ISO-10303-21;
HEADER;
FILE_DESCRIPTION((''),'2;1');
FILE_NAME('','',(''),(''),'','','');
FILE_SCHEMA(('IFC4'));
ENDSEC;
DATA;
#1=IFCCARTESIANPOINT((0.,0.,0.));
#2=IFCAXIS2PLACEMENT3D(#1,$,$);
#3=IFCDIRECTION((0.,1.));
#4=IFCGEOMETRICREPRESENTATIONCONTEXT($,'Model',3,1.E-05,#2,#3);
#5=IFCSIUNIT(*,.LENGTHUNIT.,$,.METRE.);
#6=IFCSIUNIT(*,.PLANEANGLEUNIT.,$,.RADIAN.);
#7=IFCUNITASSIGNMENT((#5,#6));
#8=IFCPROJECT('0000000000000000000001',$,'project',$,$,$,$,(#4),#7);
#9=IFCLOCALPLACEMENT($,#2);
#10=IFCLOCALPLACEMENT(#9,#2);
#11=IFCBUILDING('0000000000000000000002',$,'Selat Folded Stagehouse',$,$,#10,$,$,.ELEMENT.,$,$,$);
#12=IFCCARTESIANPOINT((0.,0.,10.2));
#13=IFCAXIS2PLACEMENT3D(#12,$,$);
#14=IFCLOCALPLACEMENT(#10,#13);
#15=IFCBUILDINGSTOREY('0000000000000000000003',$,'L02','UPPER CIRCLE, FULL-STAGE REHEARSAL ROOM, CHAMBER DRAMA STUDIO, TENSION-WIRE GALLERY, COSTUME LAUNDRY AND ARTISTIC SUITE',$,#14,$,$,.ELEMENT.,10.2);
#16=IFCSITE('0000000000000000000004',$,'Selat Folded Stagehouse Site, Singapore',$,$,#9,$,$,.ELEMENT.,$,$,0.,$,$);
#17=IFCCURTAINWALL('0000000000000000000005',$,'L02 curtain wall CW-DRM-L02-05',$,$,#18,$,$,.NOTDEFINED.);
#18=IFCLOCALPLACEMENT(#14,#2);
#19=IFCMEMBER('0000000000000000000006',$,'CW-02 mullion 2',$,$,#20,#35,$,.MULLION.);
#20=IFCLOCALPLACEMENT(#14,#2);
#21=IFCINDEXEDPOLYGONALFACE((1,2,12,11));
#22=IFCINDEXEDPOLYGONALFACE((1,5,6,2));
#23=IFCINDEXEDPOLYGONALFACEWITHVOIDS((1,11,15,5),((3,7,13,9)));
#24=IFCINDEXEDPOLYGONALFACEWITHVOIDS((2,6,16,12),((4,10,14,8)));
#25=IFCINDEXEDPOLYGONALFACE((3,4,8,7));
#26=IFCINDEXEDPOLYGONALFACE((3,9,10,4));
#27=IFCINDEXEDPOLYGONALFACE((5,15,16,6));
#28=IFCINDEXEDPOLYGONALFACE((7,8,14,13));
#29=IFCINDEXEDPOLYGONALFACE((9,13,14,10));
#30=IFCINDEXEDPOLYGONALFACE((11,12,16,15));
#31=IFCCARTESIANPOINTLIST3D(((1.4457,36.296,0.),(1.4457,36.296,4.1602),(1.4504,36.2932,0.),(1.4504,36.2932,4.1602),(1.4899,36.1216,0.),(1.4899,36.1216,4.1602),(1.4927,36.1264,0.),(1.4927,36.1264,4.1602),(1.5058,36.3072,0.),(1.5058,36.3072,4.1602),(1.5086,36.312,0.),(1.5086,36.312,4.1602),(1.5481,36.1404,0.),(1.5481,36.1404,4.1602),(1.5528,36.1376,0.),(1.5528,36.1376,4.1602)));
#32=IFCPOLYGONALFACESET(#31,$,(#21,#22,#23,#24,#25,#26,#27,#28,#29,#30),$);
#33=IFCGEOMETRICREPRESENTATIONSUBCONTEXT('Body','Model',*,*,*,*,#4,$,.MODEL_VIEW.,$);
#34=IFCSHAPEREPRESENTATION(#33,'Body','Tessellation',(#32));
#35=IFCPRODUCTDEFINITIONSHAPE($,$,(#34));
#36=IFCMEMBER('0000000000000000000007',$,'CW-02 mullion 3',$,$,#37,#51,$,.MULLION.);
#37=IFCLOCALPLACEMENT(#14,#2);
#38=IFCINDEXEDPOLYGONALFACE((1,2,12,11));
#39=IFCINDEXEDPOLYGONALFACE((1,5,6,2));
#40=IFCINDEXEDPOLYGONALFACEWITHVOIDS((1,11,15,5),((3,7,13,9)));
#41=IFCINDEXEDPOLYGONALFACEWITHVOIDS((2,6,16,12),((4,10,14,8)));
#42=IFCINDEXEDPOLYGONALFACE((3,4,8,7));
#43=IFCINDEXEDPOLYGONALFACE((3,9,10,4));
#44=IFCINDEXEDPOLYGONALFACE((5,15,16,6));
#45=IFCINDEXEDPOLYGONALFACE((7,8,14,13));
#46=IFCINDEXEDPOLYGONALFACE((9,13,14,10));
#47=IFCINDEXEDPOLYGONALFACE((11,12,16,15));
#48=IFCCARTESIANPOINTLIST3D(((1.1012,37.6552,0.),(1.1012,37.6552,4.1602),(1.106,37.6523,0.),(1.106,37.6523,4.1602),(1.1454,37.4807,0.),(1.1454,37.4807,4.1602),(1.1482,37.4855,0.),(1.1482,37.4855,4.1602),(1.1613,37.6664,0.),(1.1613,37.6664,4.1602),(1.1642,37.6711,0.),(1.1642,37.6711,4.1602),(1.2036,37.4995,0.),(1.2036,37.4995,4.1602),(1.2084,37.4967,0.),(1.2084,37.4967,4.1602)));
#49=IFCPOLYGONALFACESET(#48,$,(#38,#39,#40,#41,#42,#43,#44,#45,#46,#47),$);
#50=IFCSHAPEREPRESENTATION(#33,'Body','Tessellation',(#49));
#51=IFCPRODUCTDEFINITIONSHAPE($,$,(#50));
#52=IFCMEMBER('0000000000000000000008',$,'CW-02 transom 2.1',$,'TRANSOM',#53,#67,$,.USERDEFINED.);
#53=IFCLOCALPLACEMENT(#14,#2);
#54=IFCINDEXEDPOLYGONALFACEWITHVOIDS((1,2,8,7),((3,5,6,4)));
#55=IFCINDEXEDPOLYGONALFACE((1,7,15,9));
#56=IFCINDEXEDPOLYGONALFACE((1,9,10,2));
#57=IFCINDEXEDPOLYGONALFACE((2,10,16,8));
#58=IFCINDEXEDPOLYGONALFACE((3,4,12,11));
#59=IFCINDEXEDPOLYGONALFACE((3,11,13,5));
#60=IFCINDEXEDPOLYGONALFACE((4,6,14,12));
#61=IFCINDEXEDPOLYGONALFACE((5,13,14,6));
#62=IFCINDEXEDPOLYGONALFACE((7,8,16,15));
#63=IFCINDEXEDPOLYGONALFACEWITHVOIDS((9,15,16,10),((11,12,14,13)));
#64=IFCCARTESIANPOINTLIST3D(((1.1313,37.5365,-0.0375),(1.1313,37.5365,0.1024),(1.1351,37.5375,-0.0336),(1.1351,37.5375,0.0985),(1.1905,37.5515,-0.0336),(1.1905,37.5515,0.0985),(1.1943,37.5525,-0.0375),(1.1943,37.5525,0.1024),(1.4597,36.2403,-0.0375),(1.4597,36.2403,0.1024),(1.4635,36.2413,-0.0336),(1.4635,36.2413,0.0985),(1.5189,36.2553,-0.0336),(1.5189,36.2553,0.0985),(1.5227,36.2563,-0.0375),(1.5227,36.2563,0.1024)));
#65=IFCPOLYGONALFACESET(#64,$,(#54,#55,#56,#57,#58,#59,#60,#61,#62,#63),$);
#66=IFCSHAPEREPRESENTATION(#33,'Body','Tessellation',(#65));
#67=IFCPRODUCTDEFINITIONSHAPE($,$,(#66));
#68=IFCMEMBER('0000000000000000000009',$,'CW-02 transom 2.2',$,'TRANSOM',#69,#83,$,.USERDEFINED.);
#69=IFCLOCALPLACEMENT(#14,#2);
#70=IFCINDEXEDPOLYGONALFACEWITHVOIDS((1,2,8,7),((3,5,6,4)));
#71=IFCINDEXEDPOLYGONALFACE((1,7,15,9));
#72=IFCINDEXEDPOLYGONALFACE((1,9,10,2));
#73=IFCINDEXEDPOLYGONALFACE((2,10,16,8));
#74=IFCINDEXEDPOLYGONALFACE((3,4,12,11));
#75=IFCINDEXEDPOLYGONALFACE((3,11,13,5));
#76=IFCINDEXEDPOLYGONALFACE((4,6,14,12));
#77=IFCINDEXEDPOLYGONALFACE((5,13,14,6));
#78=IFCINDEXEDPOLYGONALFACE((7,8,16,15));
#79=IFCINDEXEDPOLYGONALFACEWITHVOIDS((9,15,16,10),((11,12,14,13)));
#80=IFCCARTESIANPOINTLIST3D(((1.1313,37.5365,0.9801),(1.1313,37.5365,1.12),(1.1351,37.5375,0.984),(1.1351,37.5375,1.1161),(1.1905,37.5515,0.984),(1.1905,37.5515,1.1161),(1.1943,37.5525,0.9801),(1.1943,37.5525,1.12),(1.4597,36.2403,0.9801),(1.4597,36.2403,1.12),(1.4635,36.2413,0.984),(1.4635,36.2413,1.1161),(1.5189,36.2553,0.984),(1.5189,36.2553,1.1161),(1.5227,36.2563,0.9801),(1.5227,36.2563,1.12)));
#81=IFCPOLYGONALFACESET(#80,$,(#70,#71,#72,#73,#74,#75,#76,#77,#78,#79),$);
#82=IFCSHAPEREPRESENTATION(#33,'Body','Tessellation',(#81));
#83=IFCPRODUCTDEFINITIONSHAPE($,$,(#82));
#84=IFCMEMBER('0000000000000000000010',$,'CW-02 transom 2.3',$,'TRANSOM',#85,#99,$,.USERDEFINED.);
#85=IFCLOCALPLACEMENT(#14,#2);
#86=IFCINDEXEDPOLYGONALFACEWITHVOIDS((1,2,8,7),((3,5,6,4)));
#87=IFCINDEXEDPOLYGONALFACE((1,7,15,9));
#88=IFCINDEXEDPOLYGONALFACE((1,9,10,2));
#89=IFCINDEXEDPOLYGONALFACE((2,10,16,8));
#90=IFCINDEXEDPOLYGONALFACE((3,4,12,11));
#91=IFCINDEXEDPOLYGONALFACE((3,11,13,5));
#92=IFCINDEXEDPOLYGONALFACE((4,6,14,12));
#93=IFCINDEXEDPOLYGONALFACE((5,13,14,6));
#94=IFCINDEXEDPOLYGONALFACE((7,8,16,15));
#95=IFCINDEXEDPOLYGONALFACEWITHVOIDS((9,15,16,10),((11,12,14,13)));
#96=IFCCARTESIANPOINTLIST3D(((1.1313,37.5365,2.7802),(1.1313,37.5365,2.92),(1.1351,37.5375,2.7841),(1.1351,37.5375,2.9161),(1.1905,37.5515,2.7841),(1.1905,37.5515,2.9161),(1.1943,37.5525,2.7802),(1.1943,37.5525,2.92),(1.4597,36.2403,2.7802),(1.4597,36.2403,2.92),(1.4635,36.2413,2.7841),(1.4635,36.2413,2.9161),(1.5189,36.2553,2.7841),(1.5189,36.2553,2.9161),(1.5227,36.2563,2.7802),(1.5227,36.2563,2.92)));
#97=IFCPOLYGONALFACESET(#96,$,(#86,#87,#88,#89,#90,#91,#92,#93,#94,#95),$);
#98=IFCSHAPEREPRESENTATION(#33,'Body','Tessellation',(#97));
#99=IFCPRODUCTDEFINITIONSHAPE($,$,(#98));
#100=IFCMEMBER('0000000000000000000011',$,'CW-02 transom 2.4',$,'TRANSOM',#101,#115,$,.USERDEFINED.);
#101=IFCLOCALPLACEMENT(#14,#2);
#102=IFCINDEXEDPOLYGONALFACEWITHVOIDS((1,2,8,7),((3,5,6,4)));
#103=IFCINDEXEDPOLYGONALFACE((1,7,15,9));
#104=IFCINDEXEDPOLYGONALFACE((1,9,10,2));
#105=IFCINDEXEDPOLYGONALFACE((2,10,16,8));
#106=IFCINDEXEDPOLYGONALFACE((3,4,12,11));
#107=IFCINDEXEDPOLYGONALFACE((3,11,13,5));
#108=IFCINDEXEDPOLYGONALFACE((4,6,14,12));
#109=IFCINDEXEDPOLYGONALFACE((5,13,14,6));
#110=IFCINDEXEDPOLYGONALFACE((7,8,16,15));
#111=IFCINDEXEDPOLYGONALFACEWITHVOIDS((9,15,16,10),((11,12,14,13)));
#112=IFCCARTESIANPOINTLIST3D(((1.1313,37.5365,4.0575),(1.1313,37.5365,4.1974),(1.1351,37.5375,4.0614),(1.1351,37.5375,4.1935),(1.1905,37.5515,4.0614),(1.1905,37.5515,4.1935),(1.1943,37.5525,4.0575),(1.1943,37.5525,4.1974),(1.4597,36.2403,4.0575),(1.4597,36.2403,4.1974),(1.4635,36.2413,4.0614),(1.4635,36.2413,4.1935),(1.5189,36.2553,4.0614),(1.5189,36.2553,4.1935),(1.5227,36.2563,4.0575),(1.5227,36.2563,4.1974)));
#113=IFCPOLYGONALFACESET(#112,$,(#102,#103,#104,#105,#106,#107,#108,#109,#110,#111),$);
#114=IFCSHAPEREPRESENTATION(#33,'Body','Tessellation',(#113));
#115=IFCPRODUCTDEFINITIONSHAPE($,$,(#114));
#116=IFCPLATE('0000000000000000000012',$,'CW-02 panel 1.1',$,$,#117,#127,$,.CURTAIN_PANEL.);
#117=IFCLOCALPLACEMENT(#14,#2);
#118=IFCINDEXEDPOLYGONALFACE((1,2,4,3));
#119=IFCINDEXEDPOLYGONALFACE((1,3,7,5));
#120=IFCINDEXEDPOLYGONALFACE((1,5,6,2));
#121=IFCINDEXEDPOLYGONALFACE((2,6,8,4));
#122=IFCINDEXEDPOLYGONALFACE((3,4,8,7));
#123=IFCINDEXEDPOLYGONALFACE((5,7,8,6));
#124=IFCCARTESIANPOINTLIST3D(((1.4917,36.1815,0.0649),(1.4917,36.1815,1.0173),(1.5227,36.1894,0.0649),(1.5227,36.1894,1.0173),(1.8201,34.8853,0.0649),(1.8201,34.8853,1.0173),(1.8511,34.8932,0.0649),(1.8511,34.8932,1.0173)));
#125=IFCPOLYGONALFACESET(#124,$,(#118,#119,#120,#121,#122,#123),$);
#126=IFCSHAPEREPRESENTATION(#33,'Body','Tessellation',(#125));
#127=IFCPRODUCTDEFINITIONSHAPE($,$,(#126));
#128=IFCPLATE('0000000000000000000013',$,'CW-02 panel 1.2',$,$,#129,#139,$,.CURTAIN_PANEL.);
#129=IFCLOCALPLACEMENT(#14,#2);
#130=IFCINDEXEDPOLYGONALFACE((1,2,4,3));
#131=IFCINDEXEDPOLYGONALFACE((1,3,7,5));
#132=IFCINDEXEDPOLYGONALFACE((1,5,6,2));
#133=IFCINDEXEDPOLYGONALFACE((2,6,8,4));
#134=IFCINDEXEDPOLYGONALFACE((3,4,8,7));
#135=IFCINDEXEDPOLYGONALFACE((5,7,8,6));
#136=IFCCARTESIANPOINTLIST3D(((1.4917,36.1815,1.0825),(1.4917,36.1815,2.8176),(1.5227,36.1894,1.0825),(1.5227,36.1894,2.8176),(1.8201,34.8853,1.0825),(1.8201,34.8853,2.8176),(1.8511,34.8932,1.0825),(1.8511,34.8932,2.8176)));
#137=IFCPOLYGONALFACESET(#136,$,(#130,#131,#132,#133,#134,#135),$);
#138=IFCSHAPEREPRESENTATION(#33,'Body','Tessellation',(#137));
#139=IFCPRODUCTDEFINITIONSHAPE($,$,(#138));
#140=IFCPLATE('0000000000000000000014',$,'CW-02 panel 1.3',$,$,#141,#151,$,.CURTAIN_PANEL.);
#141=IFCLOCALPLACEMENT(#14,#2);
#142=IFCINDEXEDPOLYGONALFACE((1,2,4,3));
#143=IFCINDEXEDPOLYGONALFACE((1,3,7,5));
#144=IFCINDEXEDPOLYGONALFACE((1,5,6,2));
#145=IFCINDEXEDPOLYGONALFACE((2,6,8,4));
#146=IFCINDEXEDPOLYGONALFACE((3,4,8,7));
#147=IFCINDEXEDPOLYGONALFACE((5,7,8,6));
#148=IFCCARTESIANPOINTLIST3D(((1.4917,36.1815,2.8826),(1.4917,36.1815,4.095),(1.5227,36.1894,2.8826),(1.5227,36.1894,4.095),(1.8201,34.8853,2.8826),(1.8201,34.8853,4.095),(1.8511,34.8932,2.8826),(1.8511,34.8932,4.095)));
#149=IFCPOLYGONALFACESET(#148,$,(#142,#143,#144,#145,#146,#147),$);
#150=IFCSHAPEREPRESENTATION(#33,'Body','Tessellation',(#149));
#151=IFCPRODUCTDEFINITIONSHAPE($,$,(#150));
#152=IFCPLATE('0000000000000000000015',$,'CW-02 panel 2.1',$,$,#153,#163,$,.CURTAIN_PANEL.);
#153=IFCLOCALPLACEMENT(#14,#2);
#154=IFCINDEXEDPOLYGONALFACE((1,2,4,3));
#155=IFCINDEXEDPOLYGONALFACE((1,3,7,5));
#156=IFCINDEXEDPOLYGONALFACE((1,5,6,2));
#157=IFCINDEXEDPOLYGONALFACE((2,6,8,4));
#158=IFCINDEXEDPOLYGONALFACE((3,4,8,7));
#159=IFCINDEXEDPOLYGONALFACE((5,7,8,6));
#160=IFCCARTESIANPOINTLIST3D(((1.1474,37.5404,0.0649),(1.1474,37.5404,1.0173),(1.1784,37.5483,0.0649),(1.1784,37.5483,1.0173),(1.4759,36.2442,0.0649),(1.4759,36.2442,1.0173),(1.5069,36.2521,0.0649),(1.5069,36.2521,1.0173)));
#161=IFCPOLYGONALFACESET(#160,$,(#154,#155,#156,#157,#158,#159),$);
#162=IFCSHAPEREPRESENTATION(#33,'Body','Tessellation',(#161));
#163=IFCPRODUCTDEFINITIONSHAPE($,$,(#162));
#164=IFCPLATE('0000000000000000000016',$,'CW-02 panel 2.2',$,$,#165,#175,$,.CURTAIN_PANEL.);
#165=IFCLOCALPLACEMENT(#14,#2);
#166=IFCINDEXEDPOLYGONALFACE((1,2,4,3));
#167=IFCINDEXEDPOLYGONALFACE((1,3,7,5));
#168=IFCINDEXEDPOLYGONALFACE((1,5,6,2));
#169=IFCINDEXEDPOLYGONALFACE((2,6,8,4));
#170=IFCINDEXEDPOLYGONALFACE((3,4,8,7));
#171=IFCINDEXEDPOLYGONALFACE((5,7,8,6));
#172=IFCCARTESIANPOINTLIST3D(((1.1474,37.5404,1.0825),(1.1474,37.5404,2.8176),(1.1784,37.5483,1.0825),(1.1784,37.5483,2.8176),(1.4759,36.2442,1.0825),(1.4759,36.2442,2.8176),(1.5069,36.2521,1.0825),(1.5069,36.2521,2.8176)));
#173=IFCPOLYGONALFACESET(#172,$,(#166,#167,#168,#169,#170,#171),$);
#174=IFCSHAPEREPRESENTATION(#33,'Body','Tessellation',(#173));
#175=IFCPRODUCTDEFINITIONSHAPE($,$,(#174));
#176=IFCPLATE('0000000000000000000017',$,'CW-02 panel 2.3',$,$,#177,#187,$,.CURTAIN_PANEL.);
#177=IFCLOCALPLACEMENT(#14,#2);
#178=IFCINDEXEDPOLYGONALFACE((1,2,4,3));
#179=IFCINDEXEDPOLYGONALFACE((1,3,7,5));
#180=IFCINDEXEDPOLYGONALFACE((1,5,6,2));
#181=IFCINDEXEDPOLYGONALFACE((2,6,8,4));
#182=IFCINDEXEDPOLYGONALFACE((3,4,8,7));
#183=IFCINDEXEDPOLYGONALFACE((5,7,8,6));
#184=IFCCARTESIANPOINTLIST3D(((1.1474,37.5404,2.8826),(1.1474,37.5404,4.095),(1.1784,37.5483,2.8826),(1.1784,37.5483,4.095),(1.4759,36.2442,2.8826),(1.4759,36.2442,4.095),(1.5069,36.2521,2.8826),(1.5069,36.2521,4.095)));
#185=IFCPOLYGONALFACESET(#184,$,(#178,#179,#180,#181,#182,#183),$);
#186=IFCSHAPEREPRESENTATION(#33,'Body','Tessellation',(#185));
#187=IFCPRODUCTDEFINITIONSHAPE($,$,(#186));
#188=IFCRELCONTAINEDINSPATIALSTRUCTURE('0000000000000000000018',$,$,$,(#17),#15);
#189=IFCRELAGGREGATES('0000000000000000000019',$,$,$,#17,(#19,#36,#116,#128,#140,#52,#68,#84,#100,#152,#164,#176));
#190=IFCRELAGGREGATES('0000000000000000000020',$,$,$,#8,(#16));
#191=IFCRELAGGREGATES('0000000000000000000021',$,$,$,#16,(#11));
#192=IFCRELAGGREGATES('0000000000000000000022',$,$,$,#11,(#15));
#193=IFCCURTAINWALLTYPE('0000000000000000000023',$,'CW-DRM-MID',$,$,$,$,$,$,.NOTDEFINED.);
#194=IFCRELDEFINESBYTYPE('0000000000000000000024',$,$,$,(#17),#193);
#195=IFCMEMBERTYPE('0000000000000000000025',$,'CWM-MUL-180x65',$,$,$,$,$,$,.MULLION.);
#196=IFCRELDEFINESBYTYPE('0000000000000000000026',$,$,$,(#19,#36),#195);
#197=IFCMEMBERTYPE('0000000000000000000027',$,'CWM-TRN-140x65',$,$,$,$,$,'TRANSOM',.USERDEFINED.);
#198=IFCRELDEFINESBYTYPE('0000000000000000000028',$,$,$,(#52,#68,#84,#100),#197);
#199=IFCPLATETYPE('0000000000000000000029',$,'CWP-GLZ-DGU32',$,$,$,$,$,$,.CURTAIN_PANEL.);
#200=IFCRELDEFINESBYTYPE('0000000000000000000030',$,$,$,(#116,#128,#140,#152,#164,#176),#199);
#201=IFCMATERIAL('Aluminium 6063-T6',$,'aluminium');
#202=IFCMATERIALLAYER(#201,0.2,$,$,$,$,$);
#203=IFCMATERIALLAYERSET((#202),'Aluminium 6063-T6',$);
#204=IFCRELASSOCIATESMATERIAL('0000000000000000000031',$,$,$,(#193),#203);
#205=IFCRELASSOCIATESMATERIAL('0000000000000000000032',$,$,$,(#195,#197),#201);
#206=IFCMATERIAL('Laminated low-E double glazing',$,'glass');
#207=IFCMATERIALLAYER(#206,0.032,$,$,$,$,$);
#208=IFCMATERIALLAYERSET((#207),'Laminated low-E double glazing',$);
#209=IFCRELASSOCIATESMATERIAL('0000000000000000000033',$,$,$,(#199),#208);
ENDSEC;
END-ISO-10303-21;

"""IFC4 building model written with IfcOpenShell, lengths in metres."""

from ifc_helpers import new_model, si_unit, direction, frame, origin, origin_2d, place, context, subcontext, project, spatial, rectangle, hollow_rectangle, extrude, material, layer, layer_set, material_profile, profile_set, type_object, element, aggregate, save


model = new_model("IFC4")

# Units and contexts
model_context = context("Model", 3, precision=1e-05, world=origin(), true_north=direction((0.0, 1.0)))
body_context = subcontext(model_context, "Body", "Model", "MODEL_VIEW")
ifc_project = project(units=[si_unit("LENGTHUNIT", "METRE"), si_unit("PLANEANGLEUNIT", "RADIAN")], contexts=[model_context])

# Site, building, storey
site_placement = place(None, origin())
site = spatial("IfcSite", under=ifc_project, at=site_placement, Name="Selat Folded Stagehouse Site, Singapore", CompositionType="ELEMENT", RefElevation=0.0)
building_placement = place(site_placement, origin())
building = spatial("IfcBuilding", under=site, at=building_placement, Name="Selat Folded Stagehouse", CompositionType="ELEMENT")
storey_placement = place(building_placement, frame((0.0, 0.0, 10.2)))
storey = spatial("IfcBuildingStorey", under=building, at=storey_placement, Name="L02", Description="UPPER CIRCLE, FULL-STAGE REHEARSAL ROOM, CHAMBER DRAMA STUDIO, TENSION-WIRE GALLERY, COSTUME LAUNDRY AND ARTISTIC SUITE", CompositionType="ELEMENT", Elevation=10.2)

# Curtain wall, members, plates
ifc_material_1 = material(Name="Aluminium 6063-T6", Category="aluminium")
ifc_layer_1 = layer(ifc_material_1, 0.2)
ifc_layer_set_1 = layer_set([ifc_layer_1], Name="Aluminium 6063-T6")
curtain_wall_type = type_object("IfcCurtainWallType", Name="CW-DRM-MID", PredefinedType="NOTDEFINED", material=ifc_layer_set_1)
curtain_wall_placement = place(storey_placement, origin())
curtain_wall = element("IfcCurtainWall", 1, at=curtain_wall_placement, inside=storey, type_object=curtain_wall_type, Name="L02 curtain wall CW-DRM-L02-05", PredefinedType="NOTDEFINED")
ifc_material_profile_1 = material_profile(ifc_material_1, hollow_rectangle(XDim=0.0649, YDim=0.1799, WallThickness=0.0039, at=origin_2d()), Name="ALU 180x65x4.0")
ifc_profile_set_1 = profile_set([ifc_material_profile_1], Name="Aluminium 6063-T6")
member_type_1 = type_object("IfcMemberType", Name="CWM-MUL-180x65", PredefinedType="MULLION", material=ifc_profile_set_1)
member_1_placement = place(storey_placement, frame((1.4993, 36.2168, 0.0), z_axis=(0.0, 0.0, 1.0), x_axis=(-0.969367, -0.245618, 0.0)))
member_1 = element("IfcMember", 2, at=member_1_placement, type_object=member_type_1, Name="CW-02 mullion 2", PredefinedType="MULLION", context=body_context, shape_type="SweptSolid", body=[
    extrude(hollow_rectangle(XDim=0.0649, YDim=0.1799, WallThickness=0.0039, at=origin_2d()), origin(), (0.0, 0.0, 1.0), 4.1602),
])
member_2_placement = place(storey_placement, frame((1.1548, 37.5759, 0.0), z_axis=(0.0, 0.0, 1.0), x_axis=(-0.969367, -0.245618, 0.0)))
member_2 = element("IfcMember", 3, at=member_2_placement, type_object=member_type_1, Name="CW-02 mullion 3", PredefinedType="MULLION", context=body_context, shape_type="SweptSolid", body=[
    extrude(hollow_rectangle(XDim=0.0649, YDim=0.1799, WallThickness=0.0039, at=origin_2d()), origin(), (0.0, 0.0, 1.0), 4.1602),
])
ifc_material_profile_2 = material_profile(ifc_material_1, hollow_rectangle(XDim=0.0649, YDim=0.1399, WallThickness=0.0039, at=origin_2d()), Name="ALU 140x65x4.0")
ifc_profile_set_2 = profile_set([ifc_material_profile_2], Name="Aluminium 6063-T6")
member_type_2 = type_object("IfcMemberType", Name="CWM-TRN-140x65", ElementType="TRANSOM", PredefinedType="USERDEFINED", material=ifc_profile_set_2)
member_3_placement = place(storey_placement, frame((1.4912, 36.2483, 0.0325), z_axis=(-0.245585, 0.969375, 0.0), x_axis=(-0.969375, -0.245585, 0.0)))
member_3 = element("IfcMember", 4, at=member_3_placement, type_object=member_type_2, Name="CW-02 transom 2.1", ObjectType="TRANSOM", PredefinedType="USERDEFINED", context=body_context, shape_type="SweptSolid", body=[
    extrude(hollow_rectangle(XDim=0.0649, YDim=0.1399, WallThickness=0.0039, at=origin_2d()), origin(), (0.0, 0.0, 1.0), 1.3372),
])
member_4_placement = place(storey_placement, frame((1.4912, 36.2483, 1.05), z_axis=(-0.245585, 0.969375, 0.0), x_axis=(-0.969375, -0.245585, 0.0)))
member_4 = element("IfcMember", 5, at=member_4_placement, type_object=member_type_2, Name="CW-02 transom 2.2", ObjectType="TRANSOM", PredefinedType="USERDEFINED", context=body_context, shape_type="SweptSolid", body=[
    extrude(hollow_rectangle(XDim=0.0649, YDim=0.1399, WallThickness=0.0039, at=origin_2d()), origin(), (0.0, 0.0, 1.0), 1.3372),
])
member_5_placement = place(storey_placement, frame((1.4912, 36.2483, 2.8501), z_axis=(-0.245585, 0.969375, 0.0), x_axis=(-0.969375, -0.245585, 0.0)))
member_5 = element("IfcMember", 6, at=member_5_placement, type_object=member_type_2, Name="CW-02 transom 2.3", ObjectType="TRANSOM", PredefinedType="USERDEFINED", context=body_context, shape_type="SweptSolid", body=[
    extrude(hollow_rectangle(XDim=0.0649, YDim=0.1399, WallThickness=0.0039, at=origin_2d()), origin(), (0.0, 0.0, 1.0), 1.3372),
])
member_6_placement = place(storey_placement, frame((1.4912, 36.2483, 4.1274), z_axis=(-0.245585, 0.969375, 0.0), x_axis=(-0.969375, -0.245585, 0.0)))
member_6 = element("IfcMember", 7, at=member_6_placement, type_object=member_type_2, Name="CW-02 transom 2.4", ObjectType="TRANSOM", PredefinedType="USERDEFINED", context=body_context, shape_type="SweptSolid", body=[
    extrude(hollow_rectangle(XDim=0.0649, YDim=0.1399, WallThickness=0.0039, at=origin_2d()), origin(), (0.0, 0.0, 1.0), 1.3372),
])
ifc_material_2 = material(Name="Laminated low-E double glazing", Category="glass")
ifc_layer_2 = layer(ifc_material_2, 0.032)
ifc_layer_set_2 = layer_set([ifc_layer_2], Name="Laminated low-E double glazing")
plate_type = type_object("IfcPlateType", Name="CWP-GLZ-DGU32", PredefinedType="CURTAIN_PANEL", material=ifc_layer_set_2)
plate_1_placement = place(storey_placement, frame((1.6714, 35.5374, 0.0649), z_axis=(0.0, 0.0, 1.0), x_axis=(-0.245618, 0.969367, 0.0)))
plate_1 = element("IfcPlate", 8, at=plate_1_placement, type_object=plate_type, Name="CW-02 panel 1.1", PredefinedType="CURTAIN_PANEL", context=body_context, shape_type="SweptSolid", body=[
    extrude(rectangle(XDim=1.3372, YDim=0.032, at=origin_2d()), origin(), (0.0, 0.0, 1.0), 0.9524),
])
plate_2_placement = place(storey_placement, frame((1.6714, 35.5374, 1.0825), z_axis=(0.0, 0.0, 1.0), x_axis=(-0.245618, 0.969367, 0.0)))
plate_2 = element("IfcPlate", 9, at=plate_2_placement, type_object=plate_type, Name="CW-02 panel 1.2", PredefinedType="CURTAIN_PANEL", context=body_context, shape_type="SweptSolid", body=[
    extrude(rectangle(XDim=1.3372, YDim=0.032, at=origin_2d()), origin(), (0.0, 0.0, 1.0), 1.7351),
])
plate_3_placement = place(storey_placement, frame((1.6714, 35.5374, 2.8826), z_axis=(0.0, 0.0, 1.0), x_axis=(-0.245618, 0.969367, 0.0)))
plate_3 = element("IfcPlate", 10, at=plate_3_placement, type_object=plate_type, Name="CW-02 panel 1.3", PredefinedType="CURTAIN_PANEL", context=body_context, shape_type="SweptSolid", body=[
    extrude(rectangle(XDim=1.3372, YDim=0.032, at=origin_2d()), origin(), (0.0, 0.0, 1.0), 1.2124),
])
plate_4_placement = place(storey_placement, frame((1.3271, 36.8962, 0.0649), z_axis=(0.0, 0.0, 1.0), x_axis=(-0.245618, 0.969367, 0.0)))
plate_4 = element("IfcPlate", 11, at=plate_4_placement, type_object=plate_type, Name="CW-02 panel 2.1", PredefinedType="CURTAIN_PANEL", context=body_context, shape_type="SweptSolid", body=[
    extrude(rectangle(XDim=1.3372, YDim=0.032, at=origin_2d()), origin(), (0.0, 0.0, 1.0), 0.9524),
])
plate_5_placement = place(storey_placement, frame((1.3271, 36.8962, 1.0825), z_axis=(0.0, 0.0, 1.0), x_axis=(-0.245618, 0.969367, 0.0)))
plate_5 = element("IfcPlate", 12, at=plate_5_placement, type_object=plate_type, Name="CW-02 panel 2.2", PredefinedType="CURTAIN_PANEL", context=body_context, shape_type="SweptSolid", body=[
    extrude(rectangle(XDim=1.3372, YDim=0.032, at=origin_2d()), origin(), (0.0, 0.0, 1.0), 1.7351),
])
plate_6_placement = place(storey_placement, frame((1.3271, 36.8962, 2.8826), z_axis=(0.0, 0.0, 1.0), x_axis=(-0.245618, 0.969367, 0.0)))
plate_6 = element("IfcPlate", 13, at=plate_6_placement, type_object=plate_type, Name="CW-02 panel 2.3", PredefinedType="CURTAIN_PANEL", context=body_context, shape_type="SweptSolid", body=[
    extrude(rectangle(XDim=1.3372, YDim=0.032, at=origin_2d()), origin(), (0.0, 0.0, 1.0), 1.2124),
])
aggregate(curtain_wall, [member_1, member_2, plate_1, plate_2, plate_3, member_3, member_4, member_5, member_6, plate_4, plate_5, plate_6])

save(model, "model.ifc")
